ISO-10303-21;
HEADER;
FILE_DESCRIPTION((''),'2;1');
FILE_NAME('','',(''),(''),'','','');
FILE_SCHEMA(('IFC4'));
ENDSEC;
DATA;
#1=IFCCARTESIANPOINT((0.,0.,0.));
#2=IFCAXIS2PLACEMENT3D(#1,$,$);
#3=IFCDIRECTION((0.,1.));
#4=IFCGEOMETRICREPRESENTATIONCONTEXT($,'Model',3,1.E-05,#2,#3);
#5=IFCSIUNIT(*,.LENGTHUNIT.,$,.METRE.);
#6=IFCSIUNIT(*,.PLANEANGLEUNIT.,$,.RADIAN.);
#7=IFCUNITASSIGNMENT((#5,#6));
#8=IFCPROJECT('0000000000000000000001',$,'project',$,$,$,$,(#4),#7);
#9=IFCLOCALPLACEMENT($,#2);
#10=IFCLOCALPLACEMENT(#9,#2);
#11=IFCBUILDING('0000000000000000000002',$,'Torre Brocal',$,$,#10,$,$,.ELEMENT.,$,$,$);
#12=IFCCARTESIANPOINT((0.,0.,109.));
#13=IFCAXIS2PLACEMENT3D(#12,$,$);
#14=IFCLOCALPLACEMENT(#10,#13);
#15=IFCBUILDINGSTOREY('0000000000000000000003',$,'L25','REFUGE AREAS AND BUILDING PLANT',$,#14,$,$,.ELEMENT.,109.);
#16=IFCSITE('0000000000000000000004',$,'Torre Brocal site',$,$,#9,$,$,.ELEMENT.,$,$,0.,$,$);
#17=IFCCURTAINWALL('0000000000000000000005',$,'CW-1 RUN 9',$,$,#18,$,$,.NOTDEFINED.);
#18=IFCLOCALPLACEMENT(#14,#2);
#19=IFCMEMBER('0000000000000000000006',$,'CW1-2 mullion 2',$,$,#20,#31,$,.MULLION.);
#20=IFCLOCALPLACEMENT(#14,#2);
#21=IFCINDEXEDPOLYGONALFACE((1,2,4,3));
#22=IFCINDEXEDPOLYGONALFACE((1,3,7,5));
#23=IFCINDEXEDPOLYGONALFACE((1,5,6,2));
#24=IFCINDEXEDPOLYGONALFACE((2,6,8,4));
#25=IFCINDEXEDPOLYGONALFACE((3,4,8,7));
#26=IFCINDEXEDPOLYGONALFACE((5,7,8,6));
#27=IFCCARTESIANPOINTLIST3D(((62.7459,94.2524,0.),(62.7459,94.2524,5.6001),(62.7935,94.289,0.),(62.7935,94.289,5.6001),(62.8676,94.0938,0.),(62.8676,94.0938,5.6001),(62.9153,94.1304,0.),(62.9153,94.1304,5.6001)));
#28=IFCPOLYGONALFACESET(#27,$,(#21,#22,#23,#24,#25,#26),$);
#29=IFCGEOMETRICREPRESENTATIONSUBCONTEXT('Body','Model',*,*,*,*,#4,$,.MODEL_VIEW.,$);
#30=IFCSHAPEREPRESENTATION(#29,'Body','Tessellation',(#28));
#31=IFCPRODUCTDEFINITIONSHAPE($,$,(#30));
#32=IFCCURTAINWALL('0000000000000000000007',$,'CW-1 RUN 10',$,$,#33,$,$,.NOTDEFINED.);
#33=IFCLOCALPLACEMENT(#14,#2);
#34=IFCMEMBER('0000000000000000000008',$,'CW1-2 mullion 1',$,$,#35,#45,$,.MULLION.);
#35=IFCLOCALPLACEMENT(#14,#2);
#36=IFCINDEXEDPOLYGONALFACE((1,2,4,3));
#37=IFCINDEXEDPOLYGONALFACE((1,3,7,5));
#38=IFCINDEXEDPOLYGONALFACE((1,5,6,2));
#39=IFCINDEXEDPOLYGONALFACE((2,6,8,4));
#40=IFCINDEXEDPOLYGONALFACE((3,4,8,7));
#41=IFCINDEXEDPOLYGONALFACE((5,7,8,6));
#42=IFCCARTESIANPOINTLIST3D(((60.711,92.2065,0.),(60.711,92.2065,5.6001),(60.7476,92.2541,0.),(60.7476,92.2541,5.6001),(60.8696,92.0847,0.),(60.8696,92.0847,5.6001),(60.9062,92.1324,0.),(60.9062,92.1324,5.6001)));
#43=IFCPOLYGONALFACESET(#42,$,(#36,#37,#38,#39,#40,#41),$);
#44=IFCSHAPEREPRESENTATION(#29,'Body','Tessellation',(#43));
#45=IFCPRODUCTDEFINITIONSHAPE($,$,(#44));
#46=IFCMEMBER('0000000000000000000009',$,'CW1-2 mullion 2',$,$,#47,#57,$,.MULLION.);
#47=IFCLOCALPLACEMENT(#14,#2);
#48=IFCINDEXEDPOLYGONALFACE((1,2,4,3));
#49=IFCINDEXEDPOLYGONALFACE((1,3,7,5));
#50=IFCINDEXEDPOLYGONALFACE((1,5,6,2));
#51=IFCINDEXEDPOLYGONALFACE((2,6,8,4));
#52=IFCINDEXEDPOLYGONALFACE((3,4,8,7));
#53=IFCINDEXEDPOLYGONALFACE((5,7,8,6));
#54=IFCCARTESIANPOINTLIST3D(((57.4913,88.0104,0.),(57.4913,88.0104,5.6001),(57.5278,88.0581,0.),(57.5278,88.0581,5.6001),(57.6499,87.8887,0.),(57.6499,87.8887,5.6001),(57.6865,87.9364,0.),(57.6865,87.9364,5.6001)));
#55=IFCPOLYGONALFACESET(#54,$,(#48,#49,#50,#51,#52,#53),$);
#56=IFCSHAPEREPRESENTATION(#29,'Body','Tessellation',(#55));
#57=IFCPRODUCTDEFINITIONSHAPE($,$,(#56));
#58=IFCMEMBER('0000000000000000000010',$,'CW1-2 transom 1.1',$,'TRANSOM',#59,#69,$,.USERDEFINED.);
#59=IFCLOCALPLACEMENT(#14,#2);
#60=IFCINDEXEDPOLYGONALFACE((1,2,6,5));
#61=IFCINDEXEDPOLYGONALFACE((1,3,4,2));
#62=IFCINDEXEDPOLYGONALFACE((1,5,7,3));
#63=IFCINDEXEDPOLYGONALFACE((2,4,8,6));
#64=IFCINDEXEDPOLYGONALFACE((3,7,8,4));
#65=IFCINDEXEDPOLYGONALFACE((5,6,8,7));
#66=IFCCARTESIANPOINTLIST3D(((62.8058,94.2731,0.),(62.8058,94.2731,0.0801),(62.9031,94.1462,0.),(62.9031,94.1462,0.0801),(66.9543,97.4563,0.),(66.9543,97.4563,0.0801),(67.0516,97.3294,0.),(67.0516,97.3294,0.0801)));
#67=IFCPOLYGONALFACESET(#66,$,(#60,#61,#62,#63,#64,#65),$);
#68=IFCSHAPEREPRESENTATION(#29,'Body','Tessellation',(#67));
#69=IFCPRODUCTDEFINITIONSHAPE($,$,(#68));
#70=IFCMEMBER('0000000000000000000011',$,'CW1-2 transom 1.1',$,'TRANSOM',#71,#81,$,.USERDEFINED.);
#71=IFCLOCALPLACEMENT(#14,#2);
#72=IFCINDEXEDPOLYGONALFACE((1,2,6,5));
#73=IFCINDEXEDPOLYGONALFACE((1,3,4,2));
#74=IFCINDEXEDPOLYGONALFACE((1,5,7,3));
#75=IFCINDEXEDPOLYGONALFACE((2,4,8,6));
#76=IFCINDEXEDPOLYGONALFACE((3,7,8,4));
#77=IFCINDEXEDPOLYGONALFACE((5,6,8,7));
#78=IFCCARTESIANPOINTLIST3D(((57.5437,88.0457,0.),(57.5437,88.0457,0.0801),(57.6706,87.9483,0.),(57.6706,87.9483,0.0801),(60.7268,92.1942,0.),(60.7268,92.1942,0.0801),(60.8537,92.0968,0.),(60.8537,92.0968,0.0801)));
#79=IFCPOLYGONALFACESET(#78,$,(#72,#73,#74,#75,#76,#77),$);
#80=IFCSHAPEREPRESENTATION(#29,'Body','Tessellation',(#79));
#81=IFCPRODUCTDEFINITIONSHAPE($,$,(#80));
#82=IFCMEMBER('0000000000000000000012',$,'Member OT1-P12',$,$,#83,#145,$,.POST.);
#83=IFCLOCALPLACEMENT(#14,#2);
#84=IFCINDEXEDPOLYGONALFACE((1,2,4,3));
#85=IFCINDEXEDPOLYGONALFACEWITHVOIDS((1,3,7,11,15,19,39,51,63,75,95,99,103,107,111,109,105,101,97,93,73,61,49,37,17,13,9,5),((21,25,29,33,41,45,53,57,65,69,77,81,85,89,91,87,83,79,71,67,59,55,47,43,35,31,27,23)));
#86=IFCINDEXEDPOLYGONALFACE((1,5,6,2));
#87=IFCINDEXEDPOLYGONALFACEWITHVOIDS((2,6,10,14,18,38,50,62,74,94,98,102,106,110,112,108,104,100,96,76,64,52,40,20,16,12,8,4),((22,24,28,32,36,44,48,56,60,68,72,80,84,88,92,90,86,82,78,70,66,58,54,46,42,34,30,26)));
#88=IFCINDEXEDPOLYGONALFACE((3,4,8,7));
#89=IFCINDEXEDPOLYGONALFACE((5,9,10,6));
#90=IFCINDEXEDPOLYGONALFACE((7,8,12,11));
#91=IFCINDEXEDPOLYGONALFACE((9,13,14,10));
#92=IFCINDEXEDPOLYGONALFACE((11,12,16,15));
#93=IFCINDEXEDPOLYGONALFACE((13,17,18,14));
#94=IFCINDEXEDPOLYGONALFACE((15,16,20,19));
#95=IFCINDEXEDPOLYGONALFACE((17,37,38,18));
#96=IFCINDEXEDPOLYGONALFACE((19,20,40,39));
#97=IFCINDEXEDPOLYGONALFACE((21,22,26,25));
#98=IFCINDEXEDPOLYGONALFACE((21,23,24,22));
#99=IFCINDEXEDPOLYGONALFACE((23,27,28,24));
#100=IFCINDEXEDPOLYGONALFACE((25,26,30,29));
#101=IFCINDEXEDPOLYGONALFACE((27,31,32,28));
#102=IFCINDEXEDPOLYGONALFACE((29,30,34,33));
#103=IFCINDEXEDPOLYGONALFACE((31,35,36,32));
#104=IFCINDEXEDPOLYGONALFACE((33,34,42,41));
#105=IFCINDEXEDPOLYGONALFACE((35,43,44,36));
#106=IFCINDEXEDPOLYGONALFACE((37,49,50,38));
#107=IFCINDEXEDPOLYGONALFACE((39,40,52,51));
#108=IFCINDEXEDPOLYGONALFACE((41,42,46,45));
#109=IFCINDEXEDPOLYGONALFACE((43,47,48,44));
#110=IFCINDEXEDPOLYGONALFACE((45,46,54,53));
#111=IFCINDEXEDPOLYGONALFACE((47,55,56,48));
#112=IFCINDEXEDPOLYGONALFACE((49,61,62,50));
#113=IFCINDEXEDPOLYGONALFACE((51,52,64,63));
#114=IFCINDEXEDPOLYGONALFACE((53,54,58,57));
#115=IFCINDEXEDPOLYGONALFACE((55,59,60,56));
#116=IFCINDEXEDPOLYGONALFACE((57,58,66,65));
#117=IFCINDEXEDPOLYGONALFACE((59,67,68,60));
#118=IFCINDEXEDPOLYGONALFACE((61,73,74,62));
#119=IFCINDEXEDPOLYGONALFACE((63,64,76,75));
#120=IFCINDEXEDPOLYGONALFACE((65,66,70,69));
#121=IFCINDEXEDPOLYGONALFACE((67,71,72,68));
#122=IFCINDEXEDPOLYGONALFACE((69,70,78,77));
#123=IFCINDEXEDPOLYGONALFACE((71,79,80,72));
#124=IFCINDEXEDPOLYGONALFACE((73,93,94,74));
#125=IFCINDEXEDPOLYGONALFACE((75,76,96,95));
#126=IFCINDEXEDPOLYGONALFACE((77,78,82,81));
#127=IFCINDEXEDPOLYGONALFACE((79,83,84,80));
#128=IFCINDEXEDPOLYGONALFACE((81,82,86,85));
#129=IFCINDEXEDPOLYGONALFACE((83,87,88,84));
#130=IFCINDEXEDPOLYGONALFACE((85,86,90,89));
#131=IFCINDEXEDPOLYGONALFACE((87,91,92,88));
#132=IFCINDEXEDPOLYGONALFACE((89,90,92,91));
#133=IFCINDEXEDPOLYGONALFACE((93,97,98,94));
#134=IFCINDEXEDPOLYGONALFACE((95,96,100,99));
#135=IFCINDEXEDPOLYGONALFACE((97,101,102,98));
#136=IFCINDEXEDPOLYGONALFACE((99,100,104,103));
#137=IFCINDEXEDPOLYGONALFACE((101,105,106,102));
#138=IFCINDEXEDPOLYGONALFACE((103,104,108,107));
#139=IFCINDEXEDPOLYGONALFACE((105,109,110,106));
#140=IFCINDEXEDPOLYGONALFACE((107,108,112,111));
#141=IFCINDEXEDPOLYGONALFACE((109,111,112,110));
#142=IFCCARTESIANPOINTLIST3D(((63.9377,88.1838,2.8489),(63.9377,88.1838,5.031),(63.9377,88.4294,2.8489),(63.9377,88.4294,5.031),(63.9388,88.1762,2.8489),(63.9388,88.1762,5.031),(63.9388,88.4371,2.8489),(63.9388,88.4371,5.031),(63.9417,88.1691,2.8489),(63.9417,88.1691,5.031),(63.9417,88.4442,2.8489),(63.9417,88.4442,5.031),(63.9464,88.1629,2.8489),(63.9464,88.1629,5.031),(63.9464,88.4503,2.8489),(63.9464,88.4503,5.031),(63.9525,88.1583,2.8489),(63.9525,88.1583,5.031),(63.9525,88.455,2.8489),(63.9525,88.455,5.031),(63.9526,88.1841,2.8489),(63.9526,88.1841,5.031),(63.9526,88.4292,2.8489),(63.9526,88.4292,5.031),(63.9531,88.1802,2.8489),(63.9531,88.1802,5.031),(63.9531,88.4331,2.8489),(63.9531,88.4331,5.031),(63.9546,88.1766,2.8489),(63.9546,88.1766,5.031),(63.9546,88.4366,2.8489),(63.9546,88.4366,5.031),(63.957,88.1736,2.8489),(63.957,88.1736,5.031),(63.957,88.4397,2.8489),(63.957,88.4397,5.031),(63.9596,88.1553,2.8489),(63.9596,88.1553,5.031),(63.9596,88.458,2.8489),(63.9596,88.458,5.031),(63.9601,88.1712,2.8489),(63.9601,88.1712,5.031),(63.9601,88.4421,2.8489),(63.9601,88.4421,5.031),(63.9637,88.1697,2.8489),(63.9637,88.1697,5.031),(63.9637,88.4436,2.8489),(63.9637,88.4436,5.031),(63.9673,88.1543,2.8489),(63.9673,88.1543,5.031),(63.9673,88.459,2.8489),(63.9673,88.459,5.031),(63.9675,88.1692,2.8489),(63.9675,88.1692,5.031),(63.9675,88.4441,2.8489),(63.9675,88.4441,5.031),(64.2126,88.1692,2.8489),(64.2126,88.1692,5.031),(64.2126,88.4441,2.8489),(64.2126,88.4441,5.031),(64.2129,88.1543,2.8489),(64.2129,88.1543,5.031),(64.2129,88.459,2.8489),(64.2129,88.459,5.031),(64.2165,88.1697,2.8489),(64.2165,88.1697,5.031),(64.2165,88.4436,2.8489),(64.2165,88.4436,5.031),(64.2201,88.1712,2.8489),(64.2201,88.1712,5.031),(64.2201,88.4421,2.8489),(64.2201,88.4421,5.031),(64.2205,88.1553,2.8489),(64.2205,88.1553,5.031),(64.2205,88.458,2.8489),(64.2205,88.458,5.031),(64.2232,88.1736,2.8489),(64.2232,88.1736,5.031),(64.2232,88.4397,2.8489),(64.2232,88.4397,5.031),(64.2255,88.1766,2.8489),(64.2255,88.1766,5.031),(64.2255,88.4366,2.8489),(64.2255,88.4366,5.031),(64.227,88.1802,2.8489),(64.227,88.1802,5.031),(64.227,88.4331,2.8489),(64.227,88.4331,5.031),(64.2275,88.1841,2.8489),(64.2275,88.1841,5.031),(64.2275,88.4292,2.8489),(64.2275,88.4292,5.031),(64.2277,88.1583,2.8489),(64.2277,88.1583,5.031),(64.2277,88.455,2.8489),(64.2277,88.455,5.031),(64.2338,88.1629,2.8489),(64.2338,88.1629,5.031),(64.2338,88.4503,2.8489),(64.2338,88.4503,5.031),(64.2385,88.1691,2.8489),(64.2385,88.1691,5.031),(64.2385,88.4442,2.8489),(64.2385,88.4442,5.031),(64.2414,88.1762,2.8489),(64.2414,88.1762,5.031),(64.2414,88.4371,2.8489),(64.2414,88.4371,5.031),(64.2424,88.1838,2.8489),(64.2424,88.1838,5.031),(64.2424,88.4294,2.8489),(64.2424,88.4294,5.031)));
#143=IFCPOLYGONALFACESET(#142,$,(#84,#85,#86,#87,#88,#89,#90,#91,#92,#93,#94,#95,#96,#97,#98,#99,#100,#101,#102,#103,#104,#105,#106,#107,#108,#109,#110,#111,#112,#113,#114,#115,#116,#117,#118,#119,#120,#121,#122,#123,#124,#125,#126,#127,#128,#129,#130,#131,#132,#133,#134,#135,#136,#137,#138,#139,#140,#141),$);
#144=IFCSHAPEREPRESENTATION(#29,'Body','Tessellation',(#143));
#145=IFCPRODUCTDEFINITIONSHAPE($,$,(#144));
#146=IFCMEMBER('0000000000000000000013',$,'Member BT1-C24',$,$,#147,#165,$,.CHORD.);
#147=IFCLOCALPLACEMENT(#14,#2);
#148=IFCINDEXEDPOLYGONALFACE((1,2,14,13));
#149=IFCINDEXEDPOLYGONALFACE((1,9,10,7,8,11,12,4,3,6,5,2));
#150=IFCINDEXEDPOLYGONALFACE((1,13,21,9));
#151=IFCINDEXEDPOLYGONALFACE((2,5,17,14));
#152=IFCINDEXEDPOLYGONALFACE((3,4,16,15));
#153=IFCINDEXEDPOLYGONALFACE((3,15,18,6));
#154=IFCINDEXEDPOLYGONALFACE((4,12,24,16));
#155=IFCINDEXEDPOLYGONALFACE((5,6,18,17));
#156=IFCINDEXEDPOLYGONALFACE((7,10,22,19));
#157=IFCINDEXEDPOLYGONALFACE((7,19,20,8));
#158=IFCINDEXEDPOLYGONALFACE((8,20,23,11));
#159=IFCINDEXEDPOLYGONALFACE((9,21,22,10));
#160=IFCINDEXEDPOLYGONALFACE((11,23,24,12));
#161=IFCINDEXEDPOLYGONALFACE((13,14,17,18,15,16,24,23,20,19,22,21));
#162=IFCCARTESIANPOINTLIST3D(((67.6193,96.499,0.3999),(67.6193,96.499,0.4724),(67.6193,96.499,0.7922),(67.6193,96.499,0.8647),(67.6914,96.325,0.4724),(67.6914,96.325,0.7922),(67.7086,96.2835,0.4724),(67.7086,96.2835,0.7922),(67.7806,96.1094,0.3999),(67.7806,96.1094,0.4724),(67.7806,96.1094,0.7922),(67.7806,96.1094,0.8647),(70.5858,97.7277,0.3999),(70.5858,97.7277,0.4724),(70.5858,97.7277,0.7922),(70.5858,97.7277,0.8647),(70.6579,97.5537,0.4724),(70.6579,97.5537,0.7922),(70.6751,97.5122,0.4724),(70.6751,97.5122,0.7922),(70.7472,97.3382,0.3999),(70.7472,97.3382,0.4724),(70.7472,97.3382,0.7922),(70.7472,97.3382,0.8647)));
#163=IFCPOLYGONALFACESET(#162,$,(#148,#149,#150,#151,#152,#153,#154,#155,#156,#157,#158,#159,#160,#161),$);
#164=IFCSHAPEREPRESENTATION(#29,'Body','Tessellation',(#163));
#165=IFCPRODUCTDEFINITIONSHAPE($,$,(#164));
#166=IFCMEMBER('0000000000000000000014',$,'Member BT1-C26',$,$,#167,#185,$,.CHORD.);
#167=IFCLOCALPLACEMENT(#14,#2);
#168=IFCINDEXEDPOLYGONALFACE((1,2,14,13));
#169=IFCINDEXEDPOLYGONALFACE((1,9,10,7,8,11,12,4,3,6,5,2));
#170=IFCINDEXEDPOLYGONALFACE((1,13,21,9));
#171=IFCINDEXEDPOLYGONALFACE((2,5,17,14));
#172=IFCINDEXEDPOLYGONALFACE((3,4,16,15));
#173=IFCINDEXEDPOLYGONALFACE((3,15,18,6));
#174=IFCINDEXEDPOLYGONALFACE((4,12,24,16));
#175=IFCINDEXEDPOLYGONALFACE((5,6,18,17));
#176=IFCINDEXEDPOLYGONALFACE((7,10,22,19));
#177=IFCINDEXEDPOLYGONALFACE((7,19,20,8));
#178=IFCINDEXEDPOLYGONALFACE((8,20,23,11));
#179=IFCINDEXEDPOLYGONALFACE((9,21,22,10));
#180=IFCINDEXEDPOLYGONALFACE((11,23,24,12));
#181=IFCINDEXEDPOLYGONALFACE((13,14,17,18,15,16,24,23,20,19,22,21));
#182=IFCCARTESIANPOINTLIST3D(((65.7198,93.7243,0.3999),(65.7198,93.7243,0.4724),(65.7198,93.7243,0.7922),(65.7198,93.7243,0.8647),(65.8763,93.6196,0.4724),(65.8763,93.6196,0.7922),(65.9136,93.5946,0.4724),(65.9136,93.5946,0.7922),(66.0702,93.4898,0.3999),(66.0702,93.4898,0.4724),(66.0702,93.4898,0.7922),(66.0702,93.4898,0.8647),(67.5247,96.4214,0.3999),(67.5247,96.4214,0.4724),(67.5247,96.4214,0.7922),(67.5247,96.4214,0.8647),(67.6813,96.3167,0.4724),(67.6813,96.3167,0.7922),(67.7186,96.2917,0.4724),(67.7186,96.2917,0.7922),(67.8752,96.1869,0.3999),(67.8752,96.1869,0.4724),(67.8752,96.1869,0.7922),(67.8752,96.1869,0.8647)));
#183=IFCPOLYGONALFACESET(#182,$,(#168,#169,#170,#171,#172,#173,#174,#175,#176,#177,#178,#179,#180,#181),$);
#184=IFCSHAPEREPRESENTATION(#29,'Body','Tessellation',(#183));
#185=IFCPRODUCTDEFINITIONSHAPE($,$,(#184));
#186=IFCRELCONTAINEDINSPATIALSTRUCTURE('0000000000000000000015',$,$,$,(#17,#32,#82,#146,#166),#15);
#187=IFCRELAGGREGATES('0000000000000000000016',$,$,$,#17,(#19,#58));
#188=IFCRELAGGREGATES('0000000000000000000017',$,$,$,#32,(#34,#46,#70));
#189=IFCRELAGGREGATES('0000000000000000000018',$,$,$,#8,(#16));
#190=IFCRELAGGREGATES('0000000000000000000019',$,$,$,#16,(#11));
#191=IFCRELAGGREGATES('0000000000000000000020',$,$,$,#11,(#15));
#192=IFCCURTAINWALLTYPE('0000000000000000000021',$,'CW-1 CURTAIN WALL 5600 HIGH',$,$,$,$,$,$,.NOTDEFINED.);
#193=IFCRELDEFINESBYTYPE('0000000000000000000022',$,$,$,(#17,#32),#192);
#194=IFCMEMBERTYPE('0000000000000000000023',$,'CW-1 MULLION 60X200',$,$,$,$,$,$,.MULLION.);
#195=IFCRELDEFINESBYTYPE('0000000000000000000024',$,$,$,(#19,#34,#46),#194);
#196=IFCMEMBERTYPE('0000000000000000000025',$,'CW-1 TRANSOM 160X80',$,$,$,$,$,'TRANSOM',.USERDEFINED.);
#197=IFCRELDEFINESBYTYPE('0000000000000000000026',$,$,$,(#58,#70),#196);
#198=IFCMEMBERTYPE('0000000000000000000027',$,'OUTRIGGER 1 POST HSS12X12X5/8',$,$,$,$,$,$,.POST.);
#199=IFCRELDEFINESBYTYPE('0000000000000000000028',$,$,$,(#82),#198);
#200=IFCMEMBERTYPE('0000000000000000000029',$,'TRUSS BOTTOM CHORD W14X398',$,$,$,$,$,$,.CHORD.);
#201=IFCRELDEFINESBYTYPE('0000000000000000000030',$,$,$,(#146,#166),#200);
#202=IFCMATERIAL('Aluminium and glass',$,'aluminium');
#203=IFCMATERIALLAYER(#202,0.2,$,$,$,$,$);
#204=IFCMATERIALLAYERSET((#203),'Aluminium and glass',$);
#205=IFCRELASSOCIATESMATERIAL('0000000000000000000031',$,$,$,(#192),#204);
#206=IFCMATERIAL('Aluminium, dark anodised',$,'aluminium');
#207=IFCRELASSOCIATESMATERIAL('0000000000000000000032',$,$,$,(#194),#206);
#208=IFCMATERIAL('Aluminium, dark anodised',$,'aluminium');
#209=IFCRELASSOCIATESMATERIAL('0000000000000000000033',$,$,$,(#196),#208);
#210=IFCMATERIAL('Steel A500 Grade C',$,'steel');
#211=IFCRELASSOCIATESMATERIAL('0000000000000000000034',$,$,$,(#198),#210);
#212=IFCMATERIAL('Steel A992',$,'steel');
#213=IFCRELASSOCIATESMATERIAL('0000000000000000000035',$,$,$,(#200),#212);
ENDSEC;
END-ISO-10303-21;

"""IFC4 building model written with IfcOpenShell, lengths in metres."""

from ifc_helpers import new_model, si_unit, direction, frame, origin, origin_2d, place, context, subcontext, project, spatial, rectangle, hollow_rectangle, i_section, extrude, material, layer, layer_set, material_profile, profile_set, type_object, element, aggregate, save


model = new_model("IFC4")

# Units and contexts
model_context = context("Model", 3, precision=1e-05, world=origin(), true_north=direction((0.0, 1.0)))
body_context = subcontext(model_context, "Body", "Model", "MODEL_VIEW")
ifc_project = project(units=[si_unit("LENGTHUNIT", "METRE"), si_unit("PLANEANGLEUNIT", "RADIAN")], contexts=[model_context])

# Site, building, storey
site_placement = place(None, origin())
site = spatial("IfcSite", under=ifc_project, at=site_placement, Name="Torre Brocal site", CompositionType="ELEMENT", RefElevation=0.0)
building_placement = place(site_placement, origin())
building = spatial("IfcBuilding", under=site, at=building_placement, Name="Torre Brocal", CompositionType="ELEMENT")
storey_placement = place(building_placement, frame((0.0, 0.0, 109.0)))
storey = spatial("IfcBuildingStorey", under=building, at=storey_placement, Name="L25", Description="REFUGE AREAS AND BUILDING PLANT", CompositionType="ELEMENT", Elevation=109.0)

# Shared definitions
ifc_material_1 = material(Name="Aluminium and glass", Category="aluminium")
ifc_layer_1 = layer(ifc_material_1, 0.2)
ifc_layer_set_1 = layer_set([ifc_layer_1], Name="Aluminium and glass")
curtain_wall_type = type_object("IfcCurtainWallType", Name="CW-1 CURTAIN WALL 5600 HIGH", PredefinedType="NOTDEFINED", material=ifc_layer_set_1)
ifc_material_2 = material(Name="Aluminium, dark anodised", Category="aluminium")
ifc_material_profile_1 = material_profile(ifc_material_2, rectangle(XDim=0.2, YDim=0.0601, at=origin_2d()), Name="CW-1 MULLION 60X200")
ifc_profile_set_1 = profile_set([ifc_material_profile_1], Name="Aluminium, dark anodised")
member_type_1 = type_object("IfcMemberType", Name="CW-1 MULLION 60X200", PredefinedType="MULLION", material=ifc_profile_set_1)

# Curtain walls, members
curtain_wall_1_placement = place(storey_placement, origin())
curtain_wall_1 = element("IfcCurtainWall", 1, at=curtain_wall_1_placement, inside=storey, type_object=curtain_wall_type, Name="CW-1 RUN 9", PredefinedType="NOTDEFINED")
member_1_placement = place(storey_placement, frame((62.8306, 94.1914, 0.0), z_axis=(0.0, 0.0, 1.0), x_axis=(0.608761, -0.793353, 0.0)))
member_1 = element("IfcMember", 2, at=member_1_placement, type_object=member_type_1, Name="CW1-2 mullion 2", PredefinedType="MULLION", context=body_context, shape_type="SweptSolid", body=[
    extrude(rectangle(XDim=0.2, YDim=0.0601, at=origin_2d()), origin(), (0.0, 0.0, 1.0), 5.6001),
])
curtain_wall_2_placement = place(storey_placement, origin())
curtain_wall_2 = element("IfcCurtainWall", 3, at=curtain_wall_2_placement, inside=storey, type_object=curtain_wall_type, Name="CW-1 RUN 10", PredefinedType="NOTDEFINED")
member_2_placement = place(storey_placement, frame((60.8086, 92.1694, 0.0), z_axis=(0.0, 0.0, 1.0), x_axis=(0.793353, -0.608761, 0.0)))
member_2 = element("IfcMember", 4, at=member_2_placement, type_object=member_type_1, Name="CW1-2 mullion 1", PredefinedType="MULLION", context=body_context, shape_type="SweptSolid", body=[
    extrude(rectangle(XDim=0.2, YDim=0.0601, at=origin_2d()), origin(), (0.0, 0.0, 1.0), 5.6001),
])
member_3_placement = place(storey_placement, frame((57.5889, 87.9734, 0.0), z_axis=(0.0, 0.0, 1.0), x_axis=(0.793353, -0.608761, 0.0)))
member_3 = element("IfcMember", 5, at=member_3_placement, type_object=member_type_1, Name="CW1-2 mullion 2", PredefinedType="MULLION", context=body_context, shape_type="SweptSolid", body=[
    extrude(rectangle(XDim=0.2, YDim=0.0601, at=origin_2d()), origin(), (0.0, 0.0, 1.0), 5.6001),
])

# Members
ifc_material_3 = material(Name="Aluminium, dark anodised", Category="aluminium")
ifc_material_profile_2 = material_profile(ifc_material_3, rectangle(XDim=0.1599, YDim=0.0801, at=origin_2d()), Name="CW-1 TRANSOM 160X80")
ifc_profile_set_2 = profile_set([ifc_material_profile_2], Name="Aluminium, dark anodised")
member_type_2 = type_object("IfcMemberType", Name="CW-1 TRANSOM 160X80", ElementType="TRANSOM", PredefinedType="USERDEFINED", material=ifc_profile_set_2)
member_4_placement = place(storey_placement, frame((67.0029, 97.3928, 0.04), z_axis=(-0.793363, -0.608749, 0.0), x_axis=(0.608749, -0.793363, 0.0)))
member_4 = element("IfcMember", 6, at=member_4_placement, type_object=member_type_2, Name="CW1-2 transom 1.1", ObjectType="TRANSOM", PredefinedType="USERDEFINED", context=body_context, shape_type="SweptSolid", body=[
    extrude(rectangle(XDim=0.1599, YDim=0.0801, at=origin_2d()), origin(), (0.0, 0.0, 1.0), 5.229),
])
member_5_placement = place(storey_placement, frame((60.7903, 92.1455, 0.04), z_axis=(-0.608749, -0.793363, 0.0), x_axis=(0.793363, -0.608749, 0.0)))
member_5 = element("IfcMember", 7, at=member_5_placement, type_object=member_type_2, Name="CW1-2 transom 1.1", ObjectType="TRANSOM", PredefinedType="USERDEFINED", context=body_context, shape_type="SweptSolid", body=[
    extrude(rectangle(XDim=0.1599, YDim=0.0801, at=origin_2d()), origin(), (0.0, 0.0, 1.0), 5.229),
])

# Members
ifc_material_4 = material(Name="Steel A500 Grade C", Category="steel")
ifc_material_profile_3 = material_profile(ifc_material_4, hollow_rectangle(XDim=0.3047, YDim=0.3047, WallThickness=0.0149, InnerFilletRadius=0.0149, OuterFilletRadius=0.0295, at=origin_2d()), Name="HSS12X12X5/8")
ifc_profile_set_3 = profile_set([ifc_material_profile_3], Name="Steel A500 Grade C")
member_type_3 = type_object("IfcMemberType", Name="OUTRIGGER 1 POST HSS12X12X5/8", PredefinedType="POST", material=ifc_profile_set_3)
member_6_placement = place(storey_placement, frame((64.0901, 88.3066, 2.8489), z_axis=(0.0, 0.0, 1.0), x_axis=(1.0, 0.0, 0.0)))
element("IfcMember", 8, at=member_6_placement, inside=storey, type_object=member_type_3, Name="Member OT1-P12", PredefinedType="POST", context=body_context, shape_type="SweptSolid", body=[
    extrude(hollow_rectangle(XDim=0.3047, YDim=0.3047, WallThickness=0.0149, InnerFilletRadius=0.0149, OuterFilletRadius=0.0295, at=origin_2d()), origin(), (0.0, 0.0, 1.0), 2.1821),
])
ifc_material_5 = material(Name="Steel A992", Category="steel")
ifc_material_profile_4 = material_profile(ifc_material_5, i_section(OverallWidth=0.4216, OverallDepth=0.4648, WebThickness=0.0449, FlangeThickness=0.0725, at=origin_2d()), Name="W14X398")
ifc_profile_set_4 = profile_set([ifc_material_profile_4], Name="Steel A992")
member_type_4 = type_object("IfcMemberType", Name="TRUSS BOTTOM CHORD W14X398", PredefinedType="CHORD", material=ifc_profile_set_4)
member_7_placement = place(storey_placement, frame((70.6665, 97.533, 0.6323), z_axis=(-0.923882, -0.382676, 0.0), x_axis=(0.382676, -0.923882, 0.0)))
element("IfcMember", 9, at=member_7_placement, inside=storey, type_object=member_type_4, Name="Member BT1-C24", PredefinedType="CHORD", context=body_context, shape_type="SweptSolid", body=[
    extrude(i_section(OverallWidth=0.4216, OverallDepth=0.4648, WebThickness=0.0449, FlangeThickness=0.0725, at=origin_2d()), origin(), (0.0, 0.0, 1.0), 3.2109),
])
for number, where, z_axis, x_axis, name in (
    (10, (67.7, 96.3042, 0.6323), (-0.556175, -0.831065, 0.0), (0.831065, -0.556175, 0.0), "Member BT1-C26"),
):
    element("IfcMember", number, at=place(storey_placement, frame(where, z_axis=z_axis, x_axis=x_axis)), inside=storey, type_object=member_type_4, Name=name, PredefinedType="CHORD", context=body_context, shape_type="SweptSolid", body=[
        extrude(i_section(OverallWidth=0.4216, OverallDepth=0.4648, WebThickness=0.0449, FlangeThickness=0.0725, at=origin_2d()), origin(), (0.0, 0.0, 1.0), 3.2454),
    ])

aggregate(curtain_wall_1, [member_1, member_4])
aggregate(curtain_wall_2, [member_2, member_3, member_5])

save(model, "model.ifc")
